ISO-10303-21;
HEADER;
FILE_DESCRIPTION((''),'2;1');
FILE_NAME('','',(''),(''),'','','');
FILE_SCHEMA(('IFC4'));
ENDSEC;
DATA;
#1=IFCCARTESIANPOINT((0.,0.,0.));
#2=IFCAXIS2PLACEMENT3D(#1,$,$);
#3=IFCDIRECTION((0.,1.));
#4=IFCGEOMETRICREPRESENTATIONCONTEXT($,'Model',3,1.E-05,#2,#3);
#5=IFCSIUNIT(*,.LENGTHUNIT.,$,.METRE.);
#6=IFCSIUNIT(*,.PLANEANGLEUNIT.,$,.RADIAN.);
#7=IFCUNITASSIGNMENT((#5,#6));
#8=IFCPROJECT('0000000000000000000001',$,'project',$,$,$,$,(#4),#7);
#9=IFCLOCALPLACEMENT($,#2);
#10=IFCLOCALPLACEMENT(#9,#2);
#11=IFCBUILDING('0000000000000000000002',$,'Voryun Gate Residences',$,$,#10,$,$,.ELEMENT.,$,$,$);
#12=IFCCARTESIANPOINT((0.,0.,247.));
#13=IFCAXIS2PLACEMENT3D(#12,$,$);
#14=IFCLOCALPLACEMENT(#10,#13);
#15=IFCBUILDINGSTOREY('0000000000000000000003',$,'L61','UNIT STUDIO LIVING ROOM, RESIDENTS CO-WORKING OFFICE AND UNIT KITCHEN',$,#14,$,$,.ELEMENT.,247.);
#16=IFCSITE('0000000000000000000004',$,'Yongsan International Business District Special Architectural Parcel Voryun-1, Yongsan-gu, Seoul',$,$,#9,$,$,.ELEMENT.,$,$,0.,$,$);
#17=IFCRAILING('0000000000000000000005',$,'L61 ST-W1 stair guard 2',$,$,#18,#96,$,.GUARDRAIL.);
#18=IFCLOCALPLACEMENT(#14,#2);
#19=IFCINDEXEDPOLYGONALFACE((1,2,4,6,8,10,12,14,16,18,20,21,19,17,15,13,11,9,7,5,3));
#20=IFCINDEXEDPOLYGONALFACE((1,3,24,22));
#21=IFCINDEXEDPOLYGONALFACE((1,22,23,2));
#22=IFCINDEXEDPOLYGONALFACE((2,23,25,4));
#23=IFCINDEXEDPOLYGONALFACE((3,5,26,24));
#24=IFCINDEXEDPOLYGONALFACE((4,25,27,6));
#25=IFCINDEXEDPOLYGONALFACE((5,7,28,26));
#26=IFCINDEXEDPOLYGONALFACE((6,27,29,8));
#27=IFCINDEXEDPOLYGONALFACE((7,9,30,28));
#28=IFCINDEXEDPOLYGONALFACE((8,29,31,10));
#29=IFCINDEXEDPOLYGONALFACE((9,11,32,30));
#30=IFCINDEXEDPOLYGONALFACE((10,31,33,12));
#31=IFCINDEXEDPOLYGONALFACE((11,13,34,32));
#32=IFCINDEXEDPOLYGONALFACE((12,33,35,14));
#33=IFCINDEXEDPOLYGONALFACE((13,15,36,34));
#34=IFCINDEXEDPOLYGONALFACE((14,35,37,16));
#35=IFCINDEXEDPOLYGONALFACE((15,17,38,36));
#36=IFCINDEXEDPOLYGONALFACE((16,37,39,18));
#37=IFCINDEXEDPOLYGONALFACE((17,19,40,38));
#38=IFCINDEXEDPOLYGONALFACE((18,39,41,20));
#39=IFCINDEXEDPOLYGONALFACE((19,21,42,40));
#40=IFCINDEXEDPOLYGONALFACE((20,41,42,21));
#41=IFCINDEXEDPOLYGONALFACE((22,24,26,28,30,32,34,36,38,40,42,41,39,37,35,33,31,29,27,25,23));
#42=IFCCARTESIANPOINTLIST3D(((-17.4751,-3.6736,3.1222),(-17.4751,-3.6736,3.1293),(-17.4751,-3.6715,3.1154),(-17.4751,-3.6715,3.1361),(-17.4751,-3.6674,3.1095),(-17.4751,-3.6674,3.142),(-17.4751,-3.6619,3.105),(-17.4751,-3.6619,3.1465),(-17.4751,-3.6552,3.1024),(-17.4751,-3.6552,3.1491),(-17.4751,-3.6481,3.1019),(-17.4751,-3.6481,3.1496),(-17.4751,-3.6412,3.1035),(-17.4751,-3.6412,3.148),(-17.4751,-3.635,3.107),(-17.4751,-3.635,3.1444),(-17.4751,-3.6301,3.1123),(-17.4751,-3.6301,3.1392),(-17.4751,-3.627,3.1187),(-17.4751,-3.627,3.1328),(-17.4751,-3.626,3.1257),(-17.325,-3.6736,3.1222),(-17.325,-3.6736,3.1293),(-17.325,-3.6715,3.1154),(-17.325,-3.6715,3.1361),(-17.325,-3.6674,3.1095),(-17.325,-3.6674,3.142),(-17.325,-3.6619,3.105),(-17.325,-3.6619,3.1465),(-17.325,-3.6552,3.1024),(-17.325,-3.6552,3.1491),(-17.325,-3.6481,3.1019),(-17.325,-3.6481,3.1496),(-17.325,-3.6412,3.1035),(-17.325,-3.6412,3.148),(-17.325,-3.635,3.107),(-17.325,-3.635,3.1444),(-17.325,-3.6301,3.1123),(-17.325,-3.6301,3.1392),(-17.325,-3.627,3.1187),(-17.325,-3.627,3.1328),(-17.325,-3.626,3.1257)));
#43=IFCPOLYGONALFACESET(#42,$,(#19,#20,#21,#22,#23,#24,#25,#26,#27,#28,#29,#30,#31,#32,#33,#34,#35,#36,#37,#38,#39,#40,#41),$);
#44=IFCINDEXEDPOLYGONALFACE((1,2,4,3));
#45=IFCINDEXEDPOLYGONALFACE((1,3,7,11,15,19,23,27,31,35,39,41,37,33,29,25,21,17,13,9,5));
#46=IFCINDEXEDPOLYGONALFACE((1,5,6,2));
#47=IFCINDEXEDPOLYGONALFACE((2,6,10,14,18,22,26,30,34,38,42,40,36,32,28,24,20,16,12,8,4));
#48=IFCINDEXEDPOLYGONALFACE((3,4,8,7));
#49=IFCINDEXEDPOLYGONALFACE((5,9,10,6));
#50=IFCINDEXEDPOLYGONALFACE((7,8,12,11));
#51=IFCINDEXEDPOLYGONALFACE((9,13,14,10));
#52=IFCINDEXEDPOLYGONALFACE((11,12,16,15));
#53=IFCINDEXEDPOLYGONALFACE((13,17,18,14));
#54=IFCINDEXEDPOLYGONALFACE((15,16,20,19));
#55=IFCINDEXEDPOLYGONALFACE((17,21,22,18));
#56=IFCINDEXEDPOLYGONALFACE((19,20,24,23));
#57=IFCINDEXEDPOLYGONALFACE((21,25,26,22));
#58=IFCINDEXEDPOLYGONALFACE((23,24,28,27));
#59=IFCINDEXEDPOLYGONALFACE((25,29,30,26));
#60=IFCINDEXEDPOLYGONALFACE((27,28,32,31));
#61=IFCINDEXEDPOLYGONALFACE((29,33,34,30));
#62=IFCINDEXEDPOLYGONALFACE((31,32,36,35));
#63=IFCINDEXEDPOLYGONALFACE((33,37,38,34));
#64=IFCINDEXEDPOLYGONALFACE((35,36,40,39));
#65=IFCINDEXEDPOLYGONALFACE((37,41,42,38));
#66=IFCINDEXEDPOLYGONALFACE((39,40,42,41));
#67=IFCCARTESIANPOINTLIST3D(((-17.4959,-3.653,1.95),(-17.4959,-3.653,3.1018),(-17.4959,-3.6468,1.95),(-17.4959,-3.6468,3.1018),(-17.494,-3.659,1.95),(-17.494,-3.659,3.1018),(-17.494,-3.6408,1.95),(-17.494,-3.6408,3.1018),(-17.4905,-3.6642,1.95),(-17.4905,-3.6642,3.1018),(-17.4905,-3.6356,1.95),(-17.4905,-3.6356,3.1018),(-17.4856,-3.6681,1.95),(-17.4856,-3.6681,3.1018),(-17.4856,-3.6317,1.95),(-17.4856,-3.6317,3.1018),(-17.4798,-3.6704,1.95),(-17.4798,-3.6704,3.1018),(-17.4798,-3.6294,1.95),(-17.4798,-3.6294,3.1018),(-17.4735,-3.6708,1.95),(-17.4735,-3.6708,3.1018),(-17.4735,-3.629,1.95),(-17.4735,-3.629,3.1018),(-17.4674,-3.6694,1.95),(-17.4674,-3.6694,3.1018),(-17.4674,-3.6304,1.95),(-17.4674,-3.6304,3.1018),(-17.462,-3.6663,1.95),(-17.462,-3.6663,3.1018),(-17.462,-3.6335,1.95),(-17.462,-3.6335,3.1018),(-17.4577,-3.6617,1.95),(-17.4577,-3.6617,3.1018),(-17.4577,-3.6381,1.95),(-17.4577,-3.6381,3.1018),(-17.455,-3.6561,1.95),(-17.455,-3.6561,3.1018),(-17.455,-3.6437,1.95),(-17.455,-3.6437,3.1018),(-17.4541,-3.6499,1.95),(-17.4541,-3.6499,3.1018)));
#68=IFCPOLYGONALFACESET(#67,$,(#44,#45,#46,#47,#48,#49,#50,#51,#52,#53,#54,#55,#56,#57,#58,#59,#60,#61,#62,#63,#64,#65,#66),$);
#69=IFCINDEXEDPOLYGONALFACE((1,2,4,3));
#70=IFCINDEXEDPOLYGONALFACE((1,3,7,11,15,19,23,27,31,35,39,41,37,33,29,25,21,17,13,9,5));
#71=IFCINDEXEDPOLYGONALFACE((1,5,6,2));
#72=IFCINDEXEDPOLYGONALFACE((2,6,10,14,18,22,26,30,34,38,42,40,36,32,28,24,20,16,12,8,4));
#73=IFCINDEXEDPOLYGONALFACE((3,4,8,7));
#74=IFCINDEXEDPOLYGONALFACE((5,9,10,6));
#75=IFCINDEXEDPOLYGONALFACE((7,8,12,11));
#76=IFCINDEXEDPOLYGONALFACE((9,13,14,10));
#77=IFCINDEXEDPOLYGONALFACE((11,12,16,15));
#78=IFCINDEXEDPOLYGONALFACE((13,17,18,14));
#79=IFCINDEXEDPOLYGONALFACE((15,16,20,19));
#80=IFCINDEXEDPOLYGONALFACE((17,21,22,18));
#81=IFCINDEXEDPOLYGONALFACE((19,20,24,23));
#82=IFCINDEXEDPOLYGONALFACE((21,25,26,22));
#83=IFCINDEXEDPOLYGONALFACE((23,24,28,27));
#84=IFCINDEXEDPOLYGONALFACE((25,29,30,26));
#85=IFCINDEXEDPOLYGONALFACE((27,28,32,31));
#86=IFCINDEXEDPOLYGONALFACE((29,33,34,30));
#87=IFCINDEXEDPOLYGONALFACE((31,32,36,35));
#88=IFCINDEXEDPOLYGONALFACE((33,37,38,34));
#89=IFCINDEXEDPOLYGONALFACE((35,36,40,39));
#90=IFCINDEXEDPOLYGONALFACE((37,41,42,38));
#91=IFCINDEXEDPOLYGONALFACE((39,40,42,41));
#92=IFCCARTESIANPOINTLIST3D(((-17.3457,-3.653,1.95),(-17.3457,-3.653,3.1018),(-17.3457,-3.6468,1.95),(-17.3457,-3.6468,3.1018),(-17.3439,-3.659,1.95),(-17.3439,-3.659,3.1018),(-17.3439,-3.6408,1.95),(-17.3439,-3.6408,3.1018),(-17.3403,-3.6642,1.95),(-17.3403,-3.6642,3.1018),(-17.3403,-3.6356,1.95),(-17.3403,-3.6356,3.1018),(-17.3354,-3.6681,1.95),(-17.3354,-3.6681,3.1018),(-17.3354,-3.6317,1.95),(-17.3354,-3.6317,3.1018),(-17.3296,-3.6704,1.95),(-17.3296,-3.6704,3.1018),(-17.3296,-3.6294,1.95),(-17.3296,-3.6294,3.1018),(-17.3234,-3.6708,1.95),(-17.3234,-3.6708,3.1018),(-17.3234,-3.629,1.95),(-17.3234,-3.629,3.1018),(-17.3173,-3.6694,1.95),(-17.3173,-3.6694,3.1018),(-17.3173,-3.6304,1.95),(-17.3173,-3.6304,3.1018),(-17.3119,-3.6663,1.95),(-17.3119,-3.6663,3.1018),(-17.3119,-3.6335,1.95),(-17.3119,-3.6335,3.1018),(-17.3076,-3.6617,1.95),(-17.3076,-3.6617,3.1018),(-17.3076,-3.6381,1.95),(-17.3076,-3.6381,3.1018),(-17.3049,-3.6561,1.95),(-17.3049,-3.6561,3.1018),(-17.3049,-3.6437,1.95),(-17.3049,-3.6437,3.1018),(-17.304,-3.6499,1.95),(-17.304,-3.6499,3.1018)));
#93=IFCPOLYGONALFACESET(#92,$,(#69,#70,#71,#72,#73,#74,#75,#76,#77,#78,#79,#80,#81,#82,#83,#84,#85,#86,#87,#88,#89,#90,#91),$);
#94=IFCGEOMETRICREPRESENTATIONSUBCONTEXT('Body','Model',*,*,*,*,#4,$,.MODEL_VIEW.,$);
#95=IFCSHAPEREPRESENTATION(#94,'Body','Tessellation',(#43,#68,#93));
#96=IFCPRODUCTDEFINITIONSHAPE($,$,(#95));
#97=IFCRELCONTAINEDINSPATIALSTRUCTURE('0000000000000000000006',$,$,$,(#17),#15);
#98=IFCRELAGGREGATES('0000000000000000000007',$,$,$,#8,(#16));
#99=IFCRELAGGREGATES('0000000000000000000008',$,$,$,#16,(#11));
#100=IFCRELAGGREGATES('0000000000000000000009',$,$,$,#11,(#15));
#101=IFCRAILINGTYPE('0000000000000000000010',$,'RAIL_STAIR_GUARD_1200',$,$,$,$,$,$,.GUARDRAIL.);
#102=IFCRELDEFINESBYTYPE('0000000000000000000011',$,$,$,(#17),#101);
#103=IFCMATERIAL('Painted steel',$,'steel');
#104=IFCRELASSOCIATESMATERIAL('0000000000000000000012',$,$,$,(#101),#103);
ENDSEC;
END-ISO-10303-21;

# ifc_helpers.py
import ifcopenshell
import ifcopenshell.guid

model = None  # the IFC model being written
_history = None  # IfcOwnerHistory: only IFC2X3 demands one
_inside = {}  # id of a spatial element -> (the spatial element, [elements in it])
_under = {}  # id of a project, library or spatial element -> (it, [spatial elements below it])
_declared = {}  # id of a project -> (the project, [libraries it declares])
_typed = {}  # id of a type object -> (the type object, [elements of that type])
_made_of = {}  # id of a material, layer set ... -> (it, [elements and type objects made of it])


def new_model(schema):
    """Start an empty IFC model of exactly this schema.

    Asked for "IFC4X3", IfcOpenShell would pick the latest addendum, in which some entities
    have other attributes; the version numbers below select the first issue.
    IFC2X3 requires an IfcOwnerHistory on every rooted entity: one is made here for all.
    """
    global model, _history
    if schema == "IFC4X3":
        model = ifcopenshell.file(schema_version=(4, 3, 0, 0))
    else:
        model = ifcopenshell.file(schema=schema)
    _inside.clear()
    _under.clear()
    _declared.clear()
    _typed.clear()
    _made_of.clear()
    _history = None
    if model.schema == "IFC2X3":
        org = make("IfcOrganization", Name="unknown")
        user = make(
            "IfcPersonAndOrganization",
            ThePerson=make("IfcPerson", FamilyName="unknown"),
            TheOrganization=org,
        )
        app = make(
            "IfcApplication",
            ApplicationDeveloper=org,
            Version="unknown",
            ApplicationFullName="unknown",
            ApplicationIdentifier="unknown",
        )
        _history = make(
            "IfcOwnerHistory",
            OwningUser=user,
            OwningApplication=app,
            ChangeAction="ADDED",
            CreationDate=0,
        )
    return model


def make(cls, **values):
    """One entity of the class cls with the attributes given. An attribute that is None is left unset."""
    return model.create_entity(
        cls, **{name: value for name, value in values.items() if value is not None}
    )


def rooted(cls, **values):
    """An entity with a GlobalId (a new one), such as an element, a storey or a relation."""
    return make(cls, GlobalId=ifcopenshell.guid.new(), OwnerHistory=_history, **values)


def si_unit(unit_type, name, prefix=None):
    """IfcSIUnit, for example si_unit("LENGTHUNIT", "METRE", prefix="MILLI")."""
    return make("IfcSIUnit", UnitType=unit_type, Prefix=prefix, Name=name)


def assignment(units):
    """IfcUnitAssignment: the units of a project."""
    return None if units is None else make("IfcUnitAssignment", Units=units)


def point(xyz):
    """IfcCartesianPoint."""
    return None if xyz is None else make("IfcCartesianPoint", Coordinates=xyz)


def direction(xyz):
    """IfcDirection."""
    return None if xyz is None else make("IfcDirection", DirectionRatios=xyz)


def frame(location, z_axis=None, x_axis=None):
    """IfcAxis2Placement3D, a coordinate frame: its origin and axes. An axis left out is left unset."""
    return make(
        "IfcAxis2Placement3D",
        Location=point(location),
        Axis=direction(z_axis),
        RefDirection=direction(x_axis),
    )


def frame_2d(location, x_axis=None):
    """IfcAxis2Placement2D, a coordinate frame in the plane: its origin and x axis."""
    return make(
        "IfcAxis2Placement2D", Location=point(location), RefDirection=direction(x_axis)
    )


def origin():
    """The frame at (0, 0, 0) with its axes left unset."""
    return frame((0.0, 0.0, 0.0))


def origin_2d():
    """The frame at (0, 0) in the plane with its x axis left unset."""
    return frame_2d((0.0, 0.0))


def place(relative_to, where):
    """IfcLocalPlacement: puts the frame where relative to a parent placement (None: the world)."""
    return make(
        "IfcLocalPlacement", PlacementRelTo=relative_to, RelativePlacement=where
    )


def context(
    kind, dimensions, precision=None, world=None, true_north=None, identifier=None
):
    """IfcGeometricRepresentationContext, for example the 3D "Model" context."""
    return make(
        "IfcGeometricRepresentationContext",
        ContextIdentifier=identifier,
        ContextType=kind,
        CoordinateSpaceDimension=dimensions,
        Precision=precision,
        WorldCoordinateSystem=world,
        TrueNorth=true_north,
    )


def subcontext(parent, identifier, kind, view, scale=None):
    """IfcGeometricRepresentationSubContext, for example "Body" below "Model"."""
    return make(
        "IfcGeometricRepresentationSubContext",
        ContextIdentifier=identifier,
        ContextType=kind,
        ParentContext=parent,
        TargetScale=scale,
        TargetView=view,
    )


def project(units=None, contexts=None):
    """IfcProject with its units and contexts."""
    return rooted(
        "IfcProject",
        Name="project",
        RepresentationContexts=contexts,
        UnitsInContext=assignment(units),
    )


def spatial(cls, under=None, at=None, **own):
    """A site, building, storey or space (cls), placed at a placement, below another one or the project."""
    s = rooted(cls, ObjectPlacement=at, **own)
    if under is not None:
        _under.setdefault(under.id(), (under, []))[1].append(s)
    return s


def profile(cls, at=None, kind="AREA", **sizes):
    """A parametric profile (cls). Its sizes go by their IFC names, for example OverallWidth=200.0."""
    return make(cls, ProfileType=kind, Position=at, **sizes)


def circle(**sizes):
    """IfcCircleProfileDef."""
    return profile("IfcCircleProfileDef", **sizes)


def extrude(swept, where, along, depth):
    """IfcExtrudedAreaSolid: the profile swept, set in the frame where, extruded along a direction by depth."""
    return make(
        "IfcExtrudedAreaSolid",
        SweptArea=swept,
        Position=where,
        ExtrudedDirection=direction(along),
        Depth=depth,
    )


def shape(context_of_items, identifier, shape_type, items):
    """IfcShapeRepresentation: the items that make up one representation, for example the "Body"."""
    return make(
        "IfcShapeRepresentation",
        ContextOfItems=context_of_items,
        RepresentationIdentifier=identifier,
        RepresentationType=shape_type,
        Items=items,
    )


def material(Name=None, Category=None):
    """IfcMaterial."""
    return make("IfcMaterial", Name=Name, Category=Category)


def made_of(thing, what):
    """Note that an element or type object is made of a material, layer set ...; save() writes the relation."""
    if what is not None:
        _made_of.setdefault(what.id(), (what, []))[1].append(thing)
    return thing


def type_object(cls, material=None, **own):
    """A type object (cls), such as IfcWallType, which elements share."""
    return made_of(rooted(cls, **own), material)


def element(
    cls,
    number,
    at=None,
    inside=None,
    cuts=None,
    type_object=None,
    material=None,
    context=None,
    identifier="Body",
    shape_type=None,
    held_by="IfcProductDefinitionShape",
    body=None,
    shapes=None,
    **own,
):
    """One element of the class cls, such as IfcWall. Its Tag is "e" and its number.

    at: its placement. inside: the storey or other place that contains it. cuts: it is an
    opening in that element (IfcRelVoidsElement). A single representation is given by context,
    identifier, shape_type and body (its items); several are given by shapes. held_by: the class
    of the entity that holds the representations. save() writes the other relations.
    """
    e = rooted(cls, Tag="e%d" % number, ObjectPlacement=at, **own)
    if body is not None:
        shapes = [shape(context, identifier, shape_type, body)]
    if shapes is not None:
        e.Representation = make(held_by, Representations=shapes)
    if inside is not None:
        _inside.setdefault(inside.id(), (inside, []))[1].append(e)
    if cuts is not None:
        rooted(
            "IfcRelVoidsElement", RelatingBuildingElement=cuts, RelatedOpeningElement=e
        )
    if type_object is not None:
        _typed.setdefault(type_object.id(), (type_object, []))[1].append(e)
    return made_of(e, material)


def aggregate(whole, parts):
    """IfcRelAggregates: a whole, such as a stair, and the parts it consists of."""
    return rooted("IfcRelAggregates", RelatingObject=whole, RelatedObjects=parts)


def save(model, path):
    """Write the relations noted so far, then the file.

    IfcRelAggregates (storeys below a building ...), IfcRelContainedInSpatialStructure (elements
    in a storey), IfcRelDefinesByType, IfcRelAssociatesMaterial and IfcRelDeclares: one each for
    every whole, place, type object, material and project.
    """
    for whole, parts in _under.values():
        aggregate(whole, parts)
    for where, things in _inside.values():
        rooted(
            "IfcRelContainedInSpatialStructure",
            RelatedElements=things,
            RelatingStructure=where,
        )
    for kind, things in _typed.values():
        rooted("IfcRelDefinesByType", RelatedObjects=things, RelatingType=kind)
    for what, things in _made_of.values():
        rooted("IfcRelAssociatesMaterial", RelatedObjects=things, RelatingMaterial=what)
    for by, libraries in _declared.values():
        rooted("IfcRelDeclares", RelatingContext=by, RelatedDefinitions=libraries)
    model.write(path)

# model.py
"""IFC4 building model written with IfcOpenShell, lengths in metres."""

from ifc_helpers import new_model, si_unit, direction, frame, origin, origin_2d, place, context, subcontext, project, spatial, circle, extrude, material, type_object, element, save


model = new_model("IFC4")

# Units and contexts
model_context = context("Model", 3, precision=1e-05, world=origin(), true_north=direction((0.0, 1.0)))
body_context = subcontext(model_context, "Body", "Model", "MODEL_VIEW")
ifc_project = project(units=[si_unit("LENGTHUNIT", "METRE"), si_unit("PLANEANGLEUNIT", "RADIAN")], contexts=[model_context])

# Site, building, storey
site_placement = place(None, origin())
site = spatial("IfcSite", under=ifc_project, at=site_placement, Name="Yongsan International Business District Special Architectural Parcel Voryun-1, Yongsan-gu, Seoul", CompositionType="ELEMENT", RefElevation=0.0)
building_placement = place(site_placement, origin())
building = spatial("IfcBuilding", under=site, at=building_placement, Name="Voryun Gate Residences", CompositionType="ELEMENT")
storey_placement = place(building_placement, frame((0.0, 0.0, 247.0)))
storey = spatial("IfcBuildingStorey", under=building, at=storey_placement, Name="L61", Description="UNIT STUDIO LIVING ROOM, RESIDENTS CO-WORKING OFFICE AND UNIT KITCHEN", CompositionType="ELEMENT", Elevation=247.0)

# Railing
ifc_material_1 = material(Name="Painted steel", Category="steel")
railing_type_1 = type_object("IfcRailingType", Name="RAIL_STAIR_GUARD_1200", PredefinedType="GUARDRAIL", material=ifc_material_1)
railing_1_placement = place(storey_placement, frame((-17.4751, -3.6499, 1.95)))
element("IfcRailing", 1, at=railing_1_placement, inside=storey, type_object=railing_type_1, Name="L61 ST-W1 stair guard 2", PredefinedType="GUARDRAIL", context=body_context, shape_type="SweptSolid", body=[
    extrude(circle(Radius=0.0239, at=origin_2d()), frame((0.0, 0.0, 1.1758), z_axis=(1.0, 0.0, 0.0), x_axis=(0.0, 1.0, 0.0)), (0.0, 0.0, 1.0), 0.1501),
    extrude(circle(Radius=0.021, at=origin_2d()), origin(), (0.0, 0.0, 1.0), 1.1519),
    extrude(circle(Radius=0.021, at=origin_2d()), frame((0.1501, 0.0, 0.0)), (0.0, 0.0, 1.0), 1.1519),
])

save(model, "model.ifc")
